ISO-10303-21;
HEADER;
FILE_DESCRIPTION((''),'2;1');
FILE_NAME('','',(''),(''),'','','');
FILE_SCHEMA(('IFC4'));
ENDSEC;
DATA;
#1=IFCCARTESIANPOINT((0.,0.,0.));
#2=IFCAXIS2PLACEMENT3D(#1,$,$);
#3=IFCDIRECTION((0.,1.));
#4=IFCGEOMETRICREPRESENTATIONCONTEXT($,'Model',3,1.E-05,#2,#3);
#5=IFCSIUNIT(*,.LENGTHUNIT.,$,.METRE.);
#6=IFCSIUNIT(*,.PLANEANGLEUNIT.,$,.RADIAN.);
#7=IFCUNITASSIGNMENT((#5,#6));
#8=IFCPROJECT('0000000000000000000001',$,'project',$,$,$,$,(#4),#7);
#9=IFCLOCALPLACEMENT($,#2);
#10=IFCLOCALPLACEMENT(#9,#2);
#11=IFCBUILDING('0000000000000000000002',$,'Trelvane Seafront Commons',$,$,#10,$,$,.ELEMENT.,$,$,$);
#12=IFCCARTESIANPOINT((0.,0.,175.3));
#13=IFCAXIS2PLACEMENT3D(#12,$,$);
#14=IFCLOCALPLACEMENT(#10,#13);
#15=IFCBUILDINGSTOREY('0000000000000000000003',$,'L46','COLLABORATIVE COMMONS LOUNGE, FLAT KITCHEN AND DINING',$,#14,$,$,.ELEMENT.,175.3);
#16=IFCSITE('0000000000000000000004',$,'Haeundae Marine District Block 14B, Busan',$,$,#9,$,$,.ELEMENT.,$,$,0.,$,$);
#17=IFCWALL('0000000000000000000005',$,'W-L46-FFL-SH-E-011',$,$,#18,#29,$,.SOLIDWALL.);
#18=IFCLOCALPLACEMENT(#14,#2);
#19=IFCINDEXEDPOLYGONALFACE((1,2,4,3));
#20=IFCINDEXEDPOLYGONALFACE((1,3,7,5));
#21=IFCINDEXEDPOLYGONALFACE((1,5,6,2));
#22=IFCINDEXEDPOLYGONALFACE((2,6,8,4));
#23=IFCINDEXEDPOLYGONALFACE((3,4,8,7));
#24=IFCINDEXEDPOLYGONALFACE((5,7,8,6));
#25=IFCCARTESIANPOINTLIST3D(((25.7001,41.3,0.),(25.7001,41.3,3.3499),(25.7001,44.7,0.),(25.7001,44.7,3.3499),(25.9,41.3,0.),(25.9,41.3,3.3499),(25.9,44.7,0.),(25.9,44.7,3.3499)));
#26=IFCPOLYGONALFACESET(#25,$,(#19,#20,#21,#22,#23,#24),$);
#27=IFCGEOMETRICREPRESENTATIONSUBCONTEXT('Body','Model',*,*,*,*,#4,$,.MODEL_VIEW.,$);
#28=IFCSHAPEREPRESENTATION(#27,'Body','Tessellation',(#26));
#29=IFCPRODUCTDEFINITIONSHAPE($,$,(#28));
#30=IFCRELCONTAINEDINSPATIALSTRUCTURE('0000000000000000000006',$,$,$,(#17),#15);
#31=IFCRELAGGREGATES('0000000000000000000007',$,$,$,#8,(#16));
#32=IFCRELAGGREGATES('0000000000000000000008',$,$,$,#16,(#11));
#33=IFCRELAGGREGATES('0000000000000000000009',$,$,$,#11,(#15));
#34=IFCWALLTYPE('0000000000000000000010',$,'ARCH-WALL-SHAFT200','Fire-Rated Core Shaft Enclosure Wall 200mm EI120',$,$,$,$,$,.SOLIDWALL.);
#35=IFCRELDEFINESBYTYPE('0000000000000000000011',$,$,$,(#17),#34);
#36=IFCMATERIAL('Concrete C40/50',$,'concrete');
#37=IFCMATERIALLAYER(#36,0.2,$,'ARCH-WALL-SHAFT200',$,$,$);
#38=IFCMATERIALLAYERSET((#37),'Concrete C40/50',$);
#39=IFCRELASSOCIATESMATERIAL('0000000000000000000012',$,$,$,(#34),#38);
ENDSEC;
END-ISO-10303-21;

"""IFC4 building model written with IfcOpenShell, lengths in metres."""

from ifc_helpers import new_model, si_unit, direction, frame, frame_2d, origin, place, context, subcontext, project, spatial, rectangle, extrude, material, layer, layer_set, type_object, element, save


model = new_model("IFC4")

# Units and contexts
model_context = context("Model", 3, precision=1e-05, world=origin(), true_north=direction((0.0, 1.0)))
body_context = subcontext(model_context, "Body", "Model", "MODEL_VIEW")
ifc_project = project(units=[si_unit("LENGTHUNIT", "METRE"), si_unit("PLANEANGLEUNIT", "RADIAN")], contexts=[model_context])

# Site, building, storey
site_placement = place(None, origin())
site = spatial("IfcSite", under=ifc_project, at=site_placement, Name="Haeundae Marine District Block 14B, Busan", CompositionType="ELEMENT", RefElevation=0.0)
building_placement = place(site_placement, origin())
building = spatial("IfcBuilding", under=site, at=building_placement, Name="Trelvane Seafront Commons", CompositionType="ELEMENT")
storey_placement = place(building_placement, frame((0.0, 0.0, 175.3)))
storey = spatial("IfcBuildingStorey", under=building, at=storey_placement, Name="L46", Description="COLLABORATIVE COMMONS LOUNGE, FLAT KITCHEN AND DINING", CompositionType="ELEMENT", Elevation=175.3)

# Shared definitions
ifc_material_1 = material(Name="Concrete C40/50", Category="concrete")
ifc_layer_1 = layer(ifc_material_1, 0.2, Name="ARCH-WALL-SHAFT200")
ifc_layer_set_1 = layer_set([ifc_layer_1], Name="Concrete C40/50")
wall_type_1 = type_object("IfcWallType", Name="ARCH-WALL-SHAFT200", Description="Fire-Rated Core Shaft Enclosure Wall 200mm EI120", PredefinedType="SOLIDWALL", material=ifc_layer_set_1)

# Wall
for number, where, z_axis, x_axis, name in (
    (1, (25.8, 41.3, 0.0), (0.0, 0.0, 1.0), (0.0, 1.0, 0.0), "W-L46-FFL-SH-E-011"),
):
    element("IfcWall", number, at=place(storey_placement, frame(where, z_axis=z_axis, x_axis=x_axis)), inside=storey, type_object=wall_type_1, Name=name, PredefinedType="SOLIDWALL", context=body_context, shape_type="SweptSolid", body=[
        extrude(rectangle(XDim=3.3999, YDim=0.2, at=frame_2d((1.7, 0.0))), origin(), (0.0, 0.0, 1.0), 3.3499),
    ])

save(model, "model.ifc")
